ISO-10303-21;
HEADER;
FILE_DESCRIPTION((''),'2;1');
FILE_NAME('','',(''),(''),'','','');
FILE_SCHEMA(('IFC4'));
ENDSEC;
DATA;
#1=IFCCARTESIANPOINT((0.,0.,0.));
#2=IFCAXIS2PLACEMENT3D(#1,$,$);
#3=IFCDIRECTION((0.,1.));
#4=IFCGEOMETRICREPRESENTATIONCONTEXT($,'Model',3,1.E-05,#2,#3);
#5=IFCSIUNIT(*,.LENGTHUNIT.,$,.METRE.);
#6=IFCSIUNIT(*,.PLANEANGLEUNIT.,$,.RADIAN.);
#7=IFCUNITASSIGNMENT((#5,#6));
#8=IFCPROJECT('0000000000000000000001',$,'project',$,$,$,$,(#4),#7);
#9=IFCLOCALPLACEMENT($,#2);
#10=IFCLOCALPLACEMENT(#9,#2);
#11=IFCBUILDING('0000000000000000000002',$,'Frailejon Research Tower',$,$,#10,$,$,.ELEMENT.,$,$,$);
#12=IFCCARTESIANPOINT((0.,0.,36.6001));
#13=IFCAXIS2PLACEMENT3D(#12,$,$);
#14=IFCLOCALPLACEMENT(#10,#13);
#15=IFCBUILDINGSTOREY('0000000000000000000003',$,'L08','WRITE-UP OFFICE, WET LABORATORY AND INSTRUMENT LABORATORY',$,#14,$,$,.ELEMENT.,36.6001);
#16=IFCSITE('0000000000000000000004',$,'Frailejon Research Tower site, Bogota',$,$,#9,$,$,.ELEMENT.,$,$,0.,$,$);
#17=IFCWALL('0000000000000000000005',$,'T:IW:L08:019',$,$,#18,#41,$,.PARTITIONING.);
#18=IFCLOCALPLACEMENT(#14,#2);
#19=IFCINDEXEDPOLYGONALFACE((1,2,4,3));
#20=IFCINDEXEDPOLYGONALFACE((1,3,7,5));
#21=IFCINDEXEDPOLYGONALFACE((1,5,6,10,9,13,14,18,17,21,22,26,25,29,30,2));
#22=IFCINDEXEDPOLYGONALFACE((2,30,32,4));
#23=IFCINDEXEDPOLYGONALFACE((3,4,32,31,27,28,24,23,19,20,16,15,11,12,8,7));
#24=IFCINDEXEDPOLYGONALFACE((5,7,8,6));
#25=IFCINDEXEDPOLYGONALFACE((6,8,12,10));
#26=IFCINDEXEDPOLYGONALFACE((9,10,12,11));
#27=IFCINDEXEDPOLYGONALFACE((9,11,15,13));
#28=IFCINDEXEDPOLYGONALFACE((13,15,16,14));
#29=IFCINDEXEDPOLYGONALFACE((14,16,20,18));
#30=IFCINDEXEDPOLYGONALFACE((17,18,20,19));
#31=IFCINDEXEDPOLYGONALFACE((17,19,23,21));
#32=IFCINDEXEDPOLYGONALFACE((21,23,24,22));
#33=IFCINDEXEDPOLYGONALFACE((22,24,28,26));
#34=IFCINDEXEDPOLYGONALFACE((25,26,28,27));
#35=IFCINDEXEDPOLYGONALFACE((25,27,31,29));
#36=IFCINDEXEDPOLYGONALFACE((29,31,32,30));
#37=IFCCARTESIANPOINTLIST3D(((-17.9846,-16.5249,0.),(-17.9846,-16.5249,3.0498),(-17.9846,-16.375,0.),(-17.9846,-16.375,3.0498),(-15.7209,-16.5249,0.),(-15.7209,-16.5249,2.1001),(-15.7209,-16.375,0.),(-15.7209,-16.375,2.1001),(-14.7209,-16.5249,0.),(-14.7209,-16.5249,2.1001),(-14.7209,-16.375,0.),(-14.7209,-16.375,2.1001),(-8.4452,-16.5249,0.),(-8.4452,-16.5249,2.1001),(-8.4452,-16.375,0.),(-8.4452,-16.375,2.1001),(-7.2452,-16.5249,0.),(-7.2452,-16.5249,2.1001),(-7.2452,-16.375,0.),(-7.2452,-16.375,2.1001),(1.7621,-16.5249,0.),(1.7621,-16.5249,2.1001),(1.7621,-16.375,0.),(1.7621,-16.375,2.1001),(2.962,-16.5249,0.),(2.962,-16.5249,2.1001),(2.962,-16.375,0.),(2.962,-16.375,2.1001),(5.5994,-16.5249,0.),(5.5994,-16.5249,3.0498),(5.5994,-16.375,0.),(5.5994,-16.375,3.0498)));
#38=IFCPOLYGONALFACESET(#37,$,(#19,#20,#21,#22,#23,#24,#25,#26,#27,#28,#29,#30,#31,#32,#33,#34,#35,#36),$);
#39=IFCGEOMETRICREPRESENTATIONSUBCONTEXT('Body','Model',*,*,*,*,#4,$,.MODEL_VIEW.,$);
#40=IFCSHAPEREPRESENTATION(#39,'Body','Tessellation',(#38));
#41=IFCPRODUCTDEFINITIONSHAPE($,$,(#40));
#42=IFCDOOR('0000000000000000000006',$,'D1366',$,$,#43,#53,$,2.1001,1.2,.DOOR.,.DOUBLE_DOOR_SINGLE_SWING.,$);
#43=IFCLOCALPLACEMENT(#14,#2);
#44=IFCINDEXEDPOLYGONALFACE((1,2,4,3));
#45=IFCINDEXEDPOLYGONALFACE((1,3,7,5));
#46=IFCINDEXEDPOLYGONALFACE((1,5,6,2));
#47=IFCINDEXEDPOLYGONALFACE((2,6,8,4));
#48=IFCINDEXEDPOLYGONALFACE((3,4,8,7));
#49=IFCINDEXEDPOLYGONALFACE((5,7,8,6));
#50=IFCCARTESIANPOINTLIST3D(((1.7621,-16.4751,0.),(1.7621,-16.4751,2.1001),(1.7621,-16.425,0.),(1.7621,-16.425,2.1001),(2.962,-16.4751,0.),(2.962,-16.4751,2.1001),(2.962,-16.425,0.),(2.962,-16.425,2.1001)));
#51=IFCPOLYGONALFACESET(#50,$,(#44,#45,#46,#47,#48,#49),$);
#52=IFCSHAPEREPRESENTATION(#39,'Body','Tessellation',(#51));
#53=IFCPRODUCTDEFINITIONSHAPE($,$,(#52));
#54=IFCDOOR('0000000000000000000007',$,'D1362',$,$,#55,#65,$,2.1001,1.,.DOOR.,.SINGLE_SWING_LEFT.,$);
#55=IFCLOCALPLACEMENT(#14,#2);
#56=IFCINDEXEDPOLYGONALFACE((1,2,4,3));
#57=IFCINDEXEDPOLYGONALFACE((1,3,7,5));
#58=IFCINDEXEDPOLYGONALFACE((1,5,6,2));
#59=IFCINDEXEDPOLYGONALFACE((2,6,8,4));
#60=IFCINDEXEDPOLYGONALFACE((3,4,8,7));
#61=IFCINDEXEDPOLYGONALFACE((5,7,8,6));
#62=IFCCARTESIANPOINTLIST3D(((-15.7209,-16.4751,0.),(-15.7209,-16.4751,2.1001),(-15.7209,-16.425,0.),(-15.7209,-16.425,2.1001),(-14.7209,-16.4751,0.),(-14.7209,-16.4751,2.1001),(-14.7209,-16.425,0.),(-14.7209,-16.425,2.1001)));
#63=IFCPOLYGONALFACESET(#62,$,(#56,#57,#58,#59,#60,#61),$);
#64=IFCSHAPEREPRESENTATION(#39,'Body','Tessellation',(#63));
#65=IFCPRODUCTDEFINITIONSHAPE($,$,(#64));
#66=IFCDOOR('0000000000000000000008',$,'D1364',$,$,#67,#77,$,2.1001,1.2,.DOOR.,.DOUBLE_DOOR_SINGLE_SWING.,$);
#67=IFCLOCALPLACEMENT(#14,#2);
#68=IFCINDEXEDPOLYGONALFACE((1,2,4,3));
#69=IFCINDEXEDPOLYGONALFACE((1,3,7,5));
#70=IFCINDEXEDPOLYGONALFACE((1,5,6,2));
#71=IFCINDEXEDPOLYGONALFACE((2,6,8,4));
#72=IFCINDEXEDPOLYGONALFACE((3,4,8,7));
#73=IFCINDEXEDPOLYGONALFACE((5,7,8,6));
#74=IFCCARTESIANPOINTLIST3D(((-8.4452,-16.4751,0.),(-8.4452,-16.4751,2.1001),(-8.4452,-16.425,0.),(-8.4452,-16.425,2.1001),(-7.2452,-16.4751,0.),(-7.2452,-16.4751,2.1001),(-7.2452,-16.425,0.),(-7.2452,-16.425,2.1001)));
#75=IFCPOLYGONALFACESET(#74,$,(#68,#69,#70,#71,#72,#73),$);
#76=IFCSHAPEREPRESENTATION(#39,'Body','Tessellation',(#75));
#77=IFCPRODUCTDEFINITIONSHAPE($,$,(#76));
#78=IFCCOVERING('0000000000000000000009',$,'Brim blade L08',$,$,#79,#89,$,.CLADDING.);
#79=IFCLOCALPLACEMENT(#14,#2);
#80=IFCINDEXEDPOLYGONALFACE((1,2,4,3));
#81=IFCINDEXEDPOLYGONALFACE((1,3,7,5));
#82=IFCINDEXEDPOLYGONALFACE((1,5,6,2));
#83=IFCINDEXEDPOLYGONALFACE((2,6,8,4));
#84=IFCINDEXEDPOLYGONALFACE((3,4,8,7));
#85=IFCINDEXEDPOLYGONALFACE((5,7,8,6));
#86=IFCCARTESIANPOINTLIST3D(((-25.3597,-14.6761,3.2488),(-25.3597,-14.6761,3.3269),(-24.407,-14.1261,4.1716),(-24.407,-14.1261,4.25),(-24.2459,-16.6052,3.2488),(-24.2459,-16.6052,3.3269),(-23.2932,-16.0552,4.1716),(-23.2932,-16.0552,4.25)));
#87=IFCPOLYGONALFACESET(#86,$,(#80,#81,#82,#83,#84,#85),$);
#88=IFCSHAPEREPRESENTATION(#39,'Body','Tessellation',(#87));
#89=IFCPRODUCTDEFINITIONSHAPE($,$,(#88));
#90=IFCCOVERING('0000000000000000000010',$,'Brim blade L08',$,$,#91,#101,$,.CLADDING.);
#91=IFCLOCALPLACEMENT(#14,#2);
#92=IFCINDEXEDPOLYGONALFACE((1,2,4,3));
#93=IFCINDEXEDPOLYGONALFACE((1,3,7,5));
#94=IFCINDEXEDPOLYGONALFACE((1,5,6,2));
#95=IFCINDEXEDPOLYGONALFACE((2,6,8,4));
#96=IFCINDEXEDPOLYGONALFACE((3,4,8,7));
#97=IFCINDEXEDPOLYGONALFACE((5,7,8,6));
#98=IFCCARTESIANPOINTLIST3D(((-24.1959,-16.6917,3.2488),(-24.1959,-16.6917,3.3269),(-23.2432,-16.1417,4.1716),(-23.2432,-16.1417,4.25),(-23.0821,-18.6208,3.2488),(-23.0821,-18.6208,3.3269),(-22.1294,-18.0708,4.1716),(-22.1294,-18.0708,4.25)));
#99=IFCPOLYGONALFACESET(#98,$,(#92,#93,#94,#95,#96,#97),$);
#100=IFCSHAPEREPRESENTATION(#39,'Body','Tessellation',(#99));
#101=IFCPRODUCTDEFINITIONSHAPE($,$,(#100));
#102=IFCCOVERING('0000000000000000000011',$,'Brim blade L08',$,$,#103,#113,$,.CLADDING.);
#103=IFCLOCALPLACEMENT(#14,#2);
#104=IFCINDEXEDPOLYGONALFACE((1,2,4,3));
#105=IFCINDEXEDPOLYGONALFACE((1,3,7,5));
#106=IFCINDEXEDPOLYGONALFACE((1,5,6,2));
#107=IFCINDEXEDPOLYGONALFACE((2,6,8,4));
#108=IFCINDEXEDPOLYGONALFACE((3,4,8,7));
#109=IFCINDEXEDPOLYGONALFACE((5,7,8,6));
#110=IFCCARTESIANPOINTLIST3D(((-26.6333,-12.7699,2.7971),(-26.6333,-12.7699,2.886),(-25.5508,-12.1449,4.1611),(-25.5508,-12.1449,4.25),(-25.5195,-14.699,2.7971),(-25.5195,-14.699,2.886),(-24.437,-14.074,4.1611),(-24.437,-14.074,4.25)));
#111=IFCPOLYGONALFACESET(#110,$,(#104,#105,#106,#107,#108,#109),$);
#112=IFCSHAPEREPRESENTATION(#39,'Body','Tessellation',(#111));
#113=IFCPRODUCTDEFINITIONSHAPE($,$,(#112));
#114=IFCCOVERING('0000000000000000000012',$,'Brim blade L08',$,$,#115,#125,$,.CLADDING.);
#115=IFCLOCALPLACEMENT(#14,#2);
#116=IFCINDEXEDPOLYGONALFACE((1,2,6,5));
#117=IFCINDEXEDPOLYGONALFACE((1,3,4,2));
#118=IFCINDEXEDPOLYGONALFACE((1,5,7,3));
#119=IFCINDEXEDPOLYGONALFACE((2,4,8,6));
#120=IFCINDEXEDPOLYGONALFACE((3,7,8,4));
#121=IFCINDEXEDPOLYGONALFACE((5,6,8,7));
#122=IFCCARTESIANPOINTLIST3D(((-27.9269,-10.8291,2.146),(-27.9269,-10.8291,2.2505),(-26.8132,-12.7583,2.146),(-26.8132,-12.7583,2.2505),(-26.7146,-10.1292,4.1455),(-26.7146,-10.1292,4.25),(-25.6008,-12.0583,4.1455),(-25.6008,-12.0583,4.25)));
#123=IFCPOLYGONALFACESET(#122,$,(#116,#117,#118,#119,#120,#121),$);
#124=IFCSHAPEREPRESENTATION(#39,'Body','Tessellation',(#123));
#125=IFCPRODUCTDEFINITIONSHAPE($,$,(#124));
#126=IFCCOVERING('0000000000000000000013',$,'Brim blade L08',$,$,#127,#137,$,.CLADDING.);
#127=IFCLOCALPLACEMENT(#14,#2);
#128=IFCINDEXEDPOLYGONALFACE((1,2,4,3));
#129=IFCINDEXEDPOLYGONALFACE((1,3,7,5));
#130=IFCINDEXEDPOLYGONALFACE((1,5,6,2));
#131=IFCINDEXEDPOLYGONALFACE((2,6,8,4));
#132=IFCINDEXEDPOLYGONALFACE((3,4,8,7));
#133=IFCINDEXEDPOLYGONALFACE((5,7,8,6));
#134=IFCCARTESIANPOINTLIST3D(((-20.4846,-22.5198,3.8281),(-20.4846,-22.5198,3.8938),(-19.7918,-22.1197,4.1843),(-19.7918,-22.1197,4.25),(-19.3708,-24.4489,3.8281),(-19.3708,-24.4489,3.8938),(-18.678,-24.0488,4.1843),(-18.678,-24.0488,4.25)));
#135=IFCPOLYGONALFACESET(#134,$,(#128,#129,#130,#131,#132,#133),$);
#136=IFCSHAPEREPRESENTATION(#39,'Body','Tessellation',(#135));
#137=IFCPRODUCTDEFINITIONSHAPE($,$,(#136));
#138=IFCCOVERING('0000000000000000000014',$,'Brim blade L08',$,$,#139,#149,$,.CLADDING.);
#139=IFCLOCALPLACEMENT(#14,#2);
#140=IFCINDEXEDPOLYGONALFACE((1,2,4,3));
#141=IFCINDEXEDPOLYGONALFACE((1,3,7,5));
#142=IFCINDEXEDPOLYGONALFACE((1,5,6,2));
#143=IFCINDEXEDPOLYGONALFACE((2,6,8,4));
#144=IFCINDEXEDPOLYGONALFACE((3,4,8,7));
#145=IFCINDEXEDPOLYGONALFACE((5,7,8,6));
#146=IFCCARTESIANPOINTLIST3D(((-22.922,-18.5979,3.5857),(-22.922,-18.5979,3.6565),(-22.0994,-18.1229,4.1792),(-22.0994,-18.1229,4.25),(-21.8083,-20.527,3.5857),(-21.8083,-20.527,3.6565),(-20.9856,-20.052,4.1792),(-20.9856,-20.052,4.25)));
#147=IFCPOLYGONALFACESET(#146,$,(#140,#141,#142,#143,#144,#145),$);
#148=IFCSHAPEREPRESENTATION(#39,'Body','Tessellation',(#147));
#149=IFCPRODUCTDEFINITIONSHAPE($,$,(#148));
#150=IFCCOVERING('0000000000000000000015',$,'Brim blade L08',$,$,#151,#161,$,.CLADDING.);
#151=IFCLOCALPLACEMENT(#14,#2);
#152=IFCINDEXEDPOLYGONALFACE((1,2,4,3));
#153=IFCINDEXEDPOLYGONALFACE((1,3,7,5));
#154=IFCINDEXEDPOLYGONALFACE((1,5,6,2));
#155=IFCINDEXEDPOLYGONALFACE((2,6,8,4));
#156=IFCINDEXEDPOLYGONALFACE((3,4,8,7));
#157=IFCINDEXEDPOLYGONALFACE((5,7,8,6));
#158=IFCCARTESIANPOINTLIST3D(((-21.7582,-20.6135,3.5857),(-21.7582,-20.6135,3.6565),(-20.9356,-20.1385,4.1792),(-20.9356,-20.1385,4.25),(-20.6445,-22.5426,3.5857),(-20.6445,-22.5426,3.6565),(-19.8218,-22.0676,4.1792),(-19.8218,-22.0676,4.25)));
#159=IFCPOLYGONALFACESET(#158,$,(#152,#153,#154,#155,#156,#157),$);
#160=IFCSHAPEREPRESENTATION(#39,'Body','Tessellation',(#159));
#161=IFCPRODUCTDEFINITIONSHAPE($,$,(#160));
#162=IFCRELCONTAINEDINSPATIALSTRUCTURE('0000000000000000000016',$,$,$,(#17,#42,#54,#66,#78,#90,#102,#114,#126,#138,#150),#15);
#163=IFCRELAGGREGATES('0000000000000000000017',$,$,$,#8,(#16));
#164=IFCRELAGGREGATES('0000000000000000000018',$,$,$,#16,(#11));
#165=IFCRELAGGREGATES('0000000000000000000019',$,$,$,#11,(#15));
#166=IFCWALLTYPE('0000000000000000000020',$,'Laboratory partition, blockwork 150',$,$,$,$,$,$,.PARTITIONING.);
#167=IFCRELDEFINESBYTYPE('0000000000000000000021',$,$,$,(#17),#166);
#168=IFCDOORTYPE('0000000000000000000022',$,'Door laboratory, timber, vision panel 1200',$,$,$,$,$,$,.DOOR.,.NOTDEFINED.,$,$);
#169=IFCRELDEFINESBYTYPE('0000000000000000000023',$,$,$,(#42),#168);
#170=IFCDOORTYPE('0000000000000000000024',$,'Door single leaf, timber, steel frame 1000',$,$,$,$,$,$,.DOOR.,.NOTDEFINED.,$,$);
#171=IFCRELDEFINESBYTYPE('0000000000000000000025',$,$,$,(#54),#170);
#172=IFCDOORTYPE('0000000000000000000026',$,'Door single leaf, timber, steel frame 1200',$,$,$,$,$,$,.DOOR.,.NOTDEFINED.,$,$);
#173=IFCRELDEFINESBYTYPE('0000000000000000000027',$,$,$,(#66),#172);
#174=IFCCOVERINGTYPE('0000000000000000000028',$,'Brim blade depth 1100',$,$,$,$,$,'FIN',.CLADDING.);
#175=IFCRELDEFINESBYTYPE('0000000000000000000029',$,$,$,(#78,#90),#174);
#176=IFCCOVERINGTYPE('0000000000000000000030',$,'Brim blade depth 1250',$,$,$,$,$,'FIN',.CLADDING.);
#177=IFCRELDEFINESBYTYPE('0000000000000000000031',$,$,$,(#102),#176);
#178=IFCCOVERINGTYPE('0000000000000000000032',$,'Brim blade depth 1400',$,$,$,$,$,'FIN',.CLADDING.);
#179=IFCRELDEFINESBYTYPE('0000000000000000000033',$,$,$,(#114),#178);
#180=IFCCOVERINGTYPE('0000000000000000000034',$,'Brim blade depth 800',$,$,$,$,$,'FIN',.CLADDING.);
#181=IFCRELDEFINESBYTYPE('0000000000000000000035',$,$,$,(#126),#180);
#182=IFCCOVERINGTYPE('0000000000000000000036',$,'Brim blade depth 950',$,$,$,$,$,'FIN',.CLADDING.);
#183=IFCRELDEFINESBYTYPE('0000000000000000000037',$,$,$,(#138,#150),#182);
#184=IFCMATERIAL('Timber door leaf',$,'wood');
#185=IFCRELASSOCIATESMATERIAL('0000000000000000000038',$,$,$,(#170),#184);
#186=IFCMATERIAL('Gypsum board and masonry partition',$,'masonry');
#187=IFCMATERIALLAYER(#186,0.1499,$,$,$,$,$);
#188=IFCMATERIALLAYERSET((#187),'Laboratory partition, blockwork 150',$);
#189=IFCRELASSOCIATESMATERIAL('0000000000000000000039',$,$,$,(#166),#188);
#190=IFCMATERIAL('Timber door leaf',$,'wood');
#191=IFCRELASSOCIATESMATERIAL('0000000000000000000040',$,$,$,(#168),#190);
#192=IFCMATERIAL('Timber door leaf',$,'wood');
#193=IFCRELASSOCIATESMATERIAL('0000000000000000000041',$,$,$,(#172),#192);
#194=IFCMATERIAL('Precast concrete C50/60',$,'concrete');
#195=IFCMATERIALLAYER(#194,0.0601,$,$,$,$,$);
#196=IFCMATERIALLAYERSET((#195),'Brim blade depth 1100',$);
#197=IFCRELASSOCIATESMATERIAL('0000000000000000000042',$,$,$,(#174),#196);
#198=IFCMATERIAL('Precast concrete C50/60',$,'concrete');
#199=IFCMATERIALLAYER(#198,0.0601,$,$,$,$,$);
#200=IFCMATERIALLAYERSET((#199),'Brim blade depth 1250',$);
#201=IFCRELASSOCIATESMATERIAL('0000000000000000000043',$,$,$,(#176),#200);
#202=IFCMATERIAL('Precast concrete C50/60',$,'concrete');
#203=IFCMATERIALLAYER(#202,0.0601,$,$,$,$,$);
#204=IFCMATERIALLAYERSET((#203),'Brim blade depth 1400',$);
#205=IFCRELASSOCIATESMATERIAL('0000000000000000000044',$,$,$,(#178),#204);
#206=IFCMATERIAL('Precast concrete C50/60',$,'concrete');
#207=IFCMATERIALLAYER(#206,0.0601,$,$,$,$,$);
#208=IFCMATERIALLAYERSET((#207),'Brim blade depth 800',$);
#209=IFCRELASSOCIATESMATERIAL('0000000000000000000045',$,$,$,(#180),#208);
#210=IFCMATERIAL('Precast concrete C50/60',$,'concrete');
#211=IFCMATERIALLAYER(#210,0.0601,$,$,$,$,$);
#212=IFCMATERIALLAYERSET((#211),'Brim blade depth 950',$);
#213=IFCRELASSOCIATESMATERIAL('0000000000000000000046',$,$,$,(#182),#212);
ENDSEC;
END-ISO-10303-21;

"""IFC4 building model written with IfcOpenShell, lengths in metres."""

from ifc_helpers import new_model, si_unit, direction, frame, frame_2d, origin, place, context, subcontext, project, spatial, polyline, rectangle, outline, extrude, material, layer, layer_set, type_object, element, fill, save


model = new_model("IFC4")

# Units and contexts
model_context = context("Model", 3, precision=1e-05, world=origin(), true_north=direction((0.0, 1.0)))
body_context = subcontext(model_context, "Body", "Model", "MODEL_VIEW")
ifc_project = project(units=[si_unit("LENGTHUNIT", "METRE"), si_unit("PLANEANGLEUNIT", "RADIAN")], contexts=[model_context])

# Site, building, storey
site_placement = place(None, origin())
site = spatial("IfcSite", under=ifc_project, at=site_placement, Name="Frailejon Research Tower site, Bogota", CompositionType="ELEMENT", RefElevation=0.0)
building_placement = place(site_placement, origin())
building = spatial("IfcBuilding", under=site, at=building_placement, Name="Frailejon Research Tower", CompositionType="ELEMENT")
storey_placement = place(building_placement, frame((0.0, 0.0, 36.6001)))
storey = spatial("IfcBuildingStorey", under=building, at=storey_placement, Name="L08", Description="WRITE-UP OFFICE, WET LABORATORY AND INSTRUMENT LABORATORY", CompositionType="ELEMENT", Elevation=36.6001)

# Wall, openings, doors
ifc_material_1 = material(Name="Timber door leaf", Category="wood")
door_type_1 = type_object("IfcDoorType", Name="Door single leaf, timber, steel frame 1000", OperationType="NOTDEFINED", PredefinedType="DOOR", material=ifc_material_1)
ifc_material_2 = material(Name="Gypsum board and masonry partition", Category="masonry")
ifc_layer_1 = layer(ifc_material_2, 0.1499)
ifc_layer_set_1 = layer_set([ifc_layer_1], Name="Laboratory partition, blockwork 150")
wall_type_1 = type_object("IfcWallType", Name="Laboratory partition, blockwork 150", PredefinedType="PARTITIONING", material=ifc_layer_set_1)
wall_1_placement = place(storey_placement, frame((-17.9846, -16.45, 0.0), z_axis=(0.0, 0.0, 1.0), x_axis=(1.0, 0.0, 0.0)))
wall_1 = element("IfcWall", 1, at=wall_1_placement, inside=storey, type_object=wall_type_1, Name="T:IW:L08:019", PredefinedType="PARTITIONING", context=body_context, shape_type="SweptSolid", body=[
    extrude(rectangle(XDim=23.584, YDim=0.1499, at=frame_2d((11.792, 0.0))), origin(), (0.0, 0.0, 1.0), 3.0498),
])
opening_1_placement = place(wall_1_placement, frame((2.2637, 0.0, 0.0)))
opening_1 = element("IfcOpeningElement", 2, at=opening_1_placement, cuts=wall_1, PredefinedType="OPENING", context=body_context, shape_type="SweptSolid", body=[
    extrude(rectangle(XDim=1.0, YDim=2.1001, at=frame_2d((0.5, 1.05))), frame((0.0, 0.085, 0.0), z_axis=(0.0, -1.0, 0.0), x_axis=(1.0, 0.0, 0.0)), (0.0, 0.0, 1.0), 0.1699),
])
opening_2_placement = place(wall_1_placement, frame((9.5393, 0.0, 0.0)))
opening_2 = element("IfcOpeningElement", 3, at=opening_2_placement, cuts=wall_1, PredefinedType="OPENING", context=body_context, shape_type="SweptSolid", body=[
    extrude(rectangle(XDim=1.2, YDim=2.1001, at=frame_2d((0.6001, 1.05))), frame((0.0, 0.085, 0.0), z_axis=(0.0, -1.0, 0.0), x_axis=(1.0, 0.0, 0.0)), (0.0, 0.0, 1.0), 0.1699),
])
opening_3_placement = place(wall_1_placement, frame((19.7466, 0.0, 0.0)))
opening_3 = element("IfcOpeningElement", 4, at=opening_3_placement, cuts=wall_1, PredefinedType="OPENING", context=body_context, shape_type="SweptSolid", body=[
    extrude(rectangle(XDim=1.2, YDim=2.1001, at=frame_2d((0.6001, 1.05))), frame((0.0, 0.085, 0.0), z_axis=(0.0, -1.0, 0.0), x_axis=(1.0, 0.0, 0.0)), (0.0, 0.0, 1.0), 0.1699),
])
ifc_material_3 = material(Name="Timber door leaf", Category="wood")
door_type_2 = type_object("IfcDoorType", Name="Door laboratory, timber, vision panel 1200", OperationType="NOTDEFINED", PredefinedType="DOOR", material=ifc_material_3)
door_1_placement = place(opening_3_placement, origin())
door_1 = element("IfcDoor", 5, at=door_1_placement, inside=storey, type_object=door_type_2, Name="D1366", OperationType="DOUBLE_DOOR_SINGLE_SWING", OverallHeight=2.1001, OverallWidth=1.2, PredefinedType="DOOR", context=body_context, shape_type="SweptSolid", body=[
    extrude(rectangle(XDim=1.2, YDim=2.1001, at=frame_2d((0.6001, 1.05))), frame((0.0, 0.0249, 0.0), z_axis=(0.0, -1.0, 0.0), x_axis=(1.0, 0.0, 0.0)), (0.0, 0.0, 1.0), 0.05),
])
fill(opening_3, door_1)
door_2_placement = place(opening_1_placement, origin())
door_2 = element("IfcDoor", 6, at=door_2_placement, inside=storey, type_object=door_type_1, Name="D1362", OperationType="SINGLE_SWING_LEFT", OverallHeight=2.1001, OverallWidth=1.0, PredefinedType="DOOR", context=body_context, shape_type="SweptSolid", body=[
    extrude(rectangle(XDim=1.0, YDim=2.1001, at=frame_2d((0.5, 1.05))), frame((0.0, 0.0249, 0.0), z_axis=(0.0, -1.0, 0.0), x_axis=(1.0, 0.0, 0.0)), (0.0, 0.0, 1.0), 0.05),
])
fill(opening_1, door_2)
ifc_material_4 = material(Name="Timber door leaf", Category="wood")
door_type_3 = type_object("IfcDoorType", Name="Door single leaf, timber, steel frame 1200", OperationType="NOTDEFINED", PredefinedType="DOOR", material=ifc_material_4)
door_3_placement = place(opening_2_placement, origin())
door_3 = element("IfcDoor", 7, at=door_3_placement, inside=storey, type_object=door_type_3, Name="D1364", OperationType="DOUBLE_DOOR_SINGLE_SWING", OverallHeight=2.1001, OverallWidth=1.2, PredefinedType="DOOR", context=body_context, shape_type="SweptSolid", body=[
    extrude(rectangle(XDim=1.2, YDim=2.1001, at=frame_2d((0.6001, 1.05))), frame((0.0, 0.0249, 0.0), z_axis=(0.0, -1.0, 0.0), x_axis=(1.0, 0.0, 0.0)), (0.0, 0.0, 1.0), 0.05),
])
fill(opening_2, door_3)

# Coverings
ifc_material_5 = material(Name="Precast concrete C50/60", Category="concrete")
ifc_layer_2 = layer(ifc_material_5, 0.0601)
ifc_layer_set_2 = layer_set([ifc_layer_2], Name="Brim blade depth 1100")
covering_type_1 = type_object("IfcCoveringType", Name="Brim blade depth 1100", ElementType="FIN", PredefinedType="CLADDING", material=ifc_layer_set_2)
for number, where, z_axis, x_axis, name in (
    (8, (-23.2932, -16.0552, 4.25), (-0.500008, 0.866021, 0.0), (-0.866021, -0.500008, 0.0), "Brim blade L08"),
    (9, (-22.1294, -18.0708, 4.25), (-0.499998, 0.866026, 0.0), (-0.866026, -0.499998, 0.0), "Brim blade L08"),
):
    element("IfcCovering", number, at=place(storey_placement, frame(where, z_axis=z_axis, x_axis=x_axis)), inside=storey, type_object=covering_type_1, Name=name, PredefinedType="CLADDING", context=body_context, shape_type="SweptSolid", body=[
        extrude(outline(polyline([(0.0, -0.0784), (1.1001, -1.0012), (1.1001, -0.9231), (0.0, 0.0), (0.0, -0.0784)])), origin(), (0.0, 0.0, 1.0), 2.2275),
    ])
ifc_material_6 = material(Name="Precast concrete C50/60", Category="concrete")
ifc_layer_3 = layer(ifc_material_6, 0.0601)
ifc_layer_set_3 = layer_set([ifc_layer_3], Name="Brim blade depth 1250")
covering_type_2 = type_object("IfcCoveringType", Name="Brim blade depth 1250", ElementType="FIN", PredefinedType="CLADDING", material=ifc_layer_set_3)
covering_1_placement = place(storey_placement, frame((-24.437, -14.074, 4.25), z_axis=(-0.500008, 0.866021, 0.0), x_axis=(-0.866021, -0.500008, 0.0)))
element("IfcCovering", 10, at=covering_1_placement, inside=storey, type_object=covering_type_2, Name="Brim blade L08", PredefinedType="CLADDING", context=body_context, shape_type="SweptSolid", body=[
    extrude(outline(polyline([(0.0, -0.0889), (1.25, -1.4529), (1.25, -1.364), (0.0, 0.0), (0.0, -0.0889)])), origin(), (0.0, 0.0, 1.0), 2.2275),
])
ifc_material_7 = material(Name="Precast concrete C50/60", Category="concrete")
ifc_layer_4 = layer(ifc_material_7, 0.0601)
ifc_layer_set_4 = layer_set([ifc_layer_4], Name="Brim blade depth 1400")
covering_type_3 = type_object("IfcCoveringType", Name="Brim blade depth 1400", ElementType="FIN", PredefinedType="CLADDING", material=ifc_layer_set_4)
covering_2_placement = place(storey_placement, frame((-25.6008, -12.0583, 4.25), z_axis=(-0.499982, 0.866036, 0.0), x_axis=(-0.866036, -0.499982, 0.0)))
element("IfcCovering", 11, at=covering_2_placement, inside=storey, type_object=covering_type_3, Name="Brim blade L08", PredefinedType="CLADDING", context=body_context, shape_type="SweptSolid", body=[
    extrude(outline(polyline([(0.0, -0.1045), (1.3999, -2.104), (1.3999, -1.9995), (0.0, 0.0), (0.0, -0.1045)])), origin(), (0.0, 0.0, 1.0), 2.2275),
])
ifc_material_8 = material(Name="Precast concrete C50/60", Category="concrete")
ifc_layer_5 = layer(ifc_material_8, 0.0601)
ifc_layer_set_5 = layer_set([ifc_layer_5], Name="Brim blade depth 800")
covering_type_4 = type_object("IfcCoveringType", Name="Brim blade depth 800", ElementType="FIN", PredefinedType="CLADDING", material=ifc_layer_set_5)
covering_3_placement = place(storey_placement, frame((-18.678, -24.0488, 4.25), z_axis=(-0.500008, 0.866021, 0.0), x_axis=(-0.866021, -0.500008, 0.0)))
element("IfcCovering", 12, at=covering_3_placement, inside=storey, type_object=covering_type_4, Name="Brim blade L08", PredefinedType="CLADDING", context=body_context, shape_type="SweptSolid", body=[
    extrude(outline(polyline([(0.0, -0.0657), (0.8, -0.4219), (0.8, -0.3562), (0.0, 0.0), (0.0, -0.0657)])), origin(), (0.0, 0.0, 1.0), 2.2275),
])
ifc_material_9 = material(Name="Precast concrete C50/60", Category="concrete")
ifc_layer_6 = layer(ifc_material_9, 0.0601)
ifc_layer_set_6 = layer_set([ifc_layer_6], Name="Brim blade depth 950")
covering_type_5 = type_object("IfcCoveringType", Name="Brim blade depth 950", ElementType="FIN", PredefinedType="CLADDING", material=ifc_layer_set_6)
for number, where, z_axis, x_axis, name in (
    (13, (-20.9856, -20.052, 4.25), (-0.499998, 0.866026, 0.0), (-0.866026, -0.499998, 0.0), "Brim blade L08"),
    (14, (-19.8218, -22.0676, 4.25), (-0.500008, 0.866021, 0.0), (-0.866021, -0.500008, 0.0), "Brim blade L08"),
):
    element("IfcCovering", number, at=place(storey_placement, frame(where, z_axis=z_axis, x_axis=x_axis)), inside=storey, type_object=covering_type_5, Name=name, PredefinedType="CLADDING", context=body_context, shape_type="SweptSolid", body=[
        extrude(outline(polyline([(0.0, -0.0708), (0.95, -0.6643), (0.95, -0.5935), (0.0, 0.0), (0.0, -0.0708)])), origin(), (0.0, 0.0, 1.0), 2.2275),
    ])

save(model, "model.ifc")
